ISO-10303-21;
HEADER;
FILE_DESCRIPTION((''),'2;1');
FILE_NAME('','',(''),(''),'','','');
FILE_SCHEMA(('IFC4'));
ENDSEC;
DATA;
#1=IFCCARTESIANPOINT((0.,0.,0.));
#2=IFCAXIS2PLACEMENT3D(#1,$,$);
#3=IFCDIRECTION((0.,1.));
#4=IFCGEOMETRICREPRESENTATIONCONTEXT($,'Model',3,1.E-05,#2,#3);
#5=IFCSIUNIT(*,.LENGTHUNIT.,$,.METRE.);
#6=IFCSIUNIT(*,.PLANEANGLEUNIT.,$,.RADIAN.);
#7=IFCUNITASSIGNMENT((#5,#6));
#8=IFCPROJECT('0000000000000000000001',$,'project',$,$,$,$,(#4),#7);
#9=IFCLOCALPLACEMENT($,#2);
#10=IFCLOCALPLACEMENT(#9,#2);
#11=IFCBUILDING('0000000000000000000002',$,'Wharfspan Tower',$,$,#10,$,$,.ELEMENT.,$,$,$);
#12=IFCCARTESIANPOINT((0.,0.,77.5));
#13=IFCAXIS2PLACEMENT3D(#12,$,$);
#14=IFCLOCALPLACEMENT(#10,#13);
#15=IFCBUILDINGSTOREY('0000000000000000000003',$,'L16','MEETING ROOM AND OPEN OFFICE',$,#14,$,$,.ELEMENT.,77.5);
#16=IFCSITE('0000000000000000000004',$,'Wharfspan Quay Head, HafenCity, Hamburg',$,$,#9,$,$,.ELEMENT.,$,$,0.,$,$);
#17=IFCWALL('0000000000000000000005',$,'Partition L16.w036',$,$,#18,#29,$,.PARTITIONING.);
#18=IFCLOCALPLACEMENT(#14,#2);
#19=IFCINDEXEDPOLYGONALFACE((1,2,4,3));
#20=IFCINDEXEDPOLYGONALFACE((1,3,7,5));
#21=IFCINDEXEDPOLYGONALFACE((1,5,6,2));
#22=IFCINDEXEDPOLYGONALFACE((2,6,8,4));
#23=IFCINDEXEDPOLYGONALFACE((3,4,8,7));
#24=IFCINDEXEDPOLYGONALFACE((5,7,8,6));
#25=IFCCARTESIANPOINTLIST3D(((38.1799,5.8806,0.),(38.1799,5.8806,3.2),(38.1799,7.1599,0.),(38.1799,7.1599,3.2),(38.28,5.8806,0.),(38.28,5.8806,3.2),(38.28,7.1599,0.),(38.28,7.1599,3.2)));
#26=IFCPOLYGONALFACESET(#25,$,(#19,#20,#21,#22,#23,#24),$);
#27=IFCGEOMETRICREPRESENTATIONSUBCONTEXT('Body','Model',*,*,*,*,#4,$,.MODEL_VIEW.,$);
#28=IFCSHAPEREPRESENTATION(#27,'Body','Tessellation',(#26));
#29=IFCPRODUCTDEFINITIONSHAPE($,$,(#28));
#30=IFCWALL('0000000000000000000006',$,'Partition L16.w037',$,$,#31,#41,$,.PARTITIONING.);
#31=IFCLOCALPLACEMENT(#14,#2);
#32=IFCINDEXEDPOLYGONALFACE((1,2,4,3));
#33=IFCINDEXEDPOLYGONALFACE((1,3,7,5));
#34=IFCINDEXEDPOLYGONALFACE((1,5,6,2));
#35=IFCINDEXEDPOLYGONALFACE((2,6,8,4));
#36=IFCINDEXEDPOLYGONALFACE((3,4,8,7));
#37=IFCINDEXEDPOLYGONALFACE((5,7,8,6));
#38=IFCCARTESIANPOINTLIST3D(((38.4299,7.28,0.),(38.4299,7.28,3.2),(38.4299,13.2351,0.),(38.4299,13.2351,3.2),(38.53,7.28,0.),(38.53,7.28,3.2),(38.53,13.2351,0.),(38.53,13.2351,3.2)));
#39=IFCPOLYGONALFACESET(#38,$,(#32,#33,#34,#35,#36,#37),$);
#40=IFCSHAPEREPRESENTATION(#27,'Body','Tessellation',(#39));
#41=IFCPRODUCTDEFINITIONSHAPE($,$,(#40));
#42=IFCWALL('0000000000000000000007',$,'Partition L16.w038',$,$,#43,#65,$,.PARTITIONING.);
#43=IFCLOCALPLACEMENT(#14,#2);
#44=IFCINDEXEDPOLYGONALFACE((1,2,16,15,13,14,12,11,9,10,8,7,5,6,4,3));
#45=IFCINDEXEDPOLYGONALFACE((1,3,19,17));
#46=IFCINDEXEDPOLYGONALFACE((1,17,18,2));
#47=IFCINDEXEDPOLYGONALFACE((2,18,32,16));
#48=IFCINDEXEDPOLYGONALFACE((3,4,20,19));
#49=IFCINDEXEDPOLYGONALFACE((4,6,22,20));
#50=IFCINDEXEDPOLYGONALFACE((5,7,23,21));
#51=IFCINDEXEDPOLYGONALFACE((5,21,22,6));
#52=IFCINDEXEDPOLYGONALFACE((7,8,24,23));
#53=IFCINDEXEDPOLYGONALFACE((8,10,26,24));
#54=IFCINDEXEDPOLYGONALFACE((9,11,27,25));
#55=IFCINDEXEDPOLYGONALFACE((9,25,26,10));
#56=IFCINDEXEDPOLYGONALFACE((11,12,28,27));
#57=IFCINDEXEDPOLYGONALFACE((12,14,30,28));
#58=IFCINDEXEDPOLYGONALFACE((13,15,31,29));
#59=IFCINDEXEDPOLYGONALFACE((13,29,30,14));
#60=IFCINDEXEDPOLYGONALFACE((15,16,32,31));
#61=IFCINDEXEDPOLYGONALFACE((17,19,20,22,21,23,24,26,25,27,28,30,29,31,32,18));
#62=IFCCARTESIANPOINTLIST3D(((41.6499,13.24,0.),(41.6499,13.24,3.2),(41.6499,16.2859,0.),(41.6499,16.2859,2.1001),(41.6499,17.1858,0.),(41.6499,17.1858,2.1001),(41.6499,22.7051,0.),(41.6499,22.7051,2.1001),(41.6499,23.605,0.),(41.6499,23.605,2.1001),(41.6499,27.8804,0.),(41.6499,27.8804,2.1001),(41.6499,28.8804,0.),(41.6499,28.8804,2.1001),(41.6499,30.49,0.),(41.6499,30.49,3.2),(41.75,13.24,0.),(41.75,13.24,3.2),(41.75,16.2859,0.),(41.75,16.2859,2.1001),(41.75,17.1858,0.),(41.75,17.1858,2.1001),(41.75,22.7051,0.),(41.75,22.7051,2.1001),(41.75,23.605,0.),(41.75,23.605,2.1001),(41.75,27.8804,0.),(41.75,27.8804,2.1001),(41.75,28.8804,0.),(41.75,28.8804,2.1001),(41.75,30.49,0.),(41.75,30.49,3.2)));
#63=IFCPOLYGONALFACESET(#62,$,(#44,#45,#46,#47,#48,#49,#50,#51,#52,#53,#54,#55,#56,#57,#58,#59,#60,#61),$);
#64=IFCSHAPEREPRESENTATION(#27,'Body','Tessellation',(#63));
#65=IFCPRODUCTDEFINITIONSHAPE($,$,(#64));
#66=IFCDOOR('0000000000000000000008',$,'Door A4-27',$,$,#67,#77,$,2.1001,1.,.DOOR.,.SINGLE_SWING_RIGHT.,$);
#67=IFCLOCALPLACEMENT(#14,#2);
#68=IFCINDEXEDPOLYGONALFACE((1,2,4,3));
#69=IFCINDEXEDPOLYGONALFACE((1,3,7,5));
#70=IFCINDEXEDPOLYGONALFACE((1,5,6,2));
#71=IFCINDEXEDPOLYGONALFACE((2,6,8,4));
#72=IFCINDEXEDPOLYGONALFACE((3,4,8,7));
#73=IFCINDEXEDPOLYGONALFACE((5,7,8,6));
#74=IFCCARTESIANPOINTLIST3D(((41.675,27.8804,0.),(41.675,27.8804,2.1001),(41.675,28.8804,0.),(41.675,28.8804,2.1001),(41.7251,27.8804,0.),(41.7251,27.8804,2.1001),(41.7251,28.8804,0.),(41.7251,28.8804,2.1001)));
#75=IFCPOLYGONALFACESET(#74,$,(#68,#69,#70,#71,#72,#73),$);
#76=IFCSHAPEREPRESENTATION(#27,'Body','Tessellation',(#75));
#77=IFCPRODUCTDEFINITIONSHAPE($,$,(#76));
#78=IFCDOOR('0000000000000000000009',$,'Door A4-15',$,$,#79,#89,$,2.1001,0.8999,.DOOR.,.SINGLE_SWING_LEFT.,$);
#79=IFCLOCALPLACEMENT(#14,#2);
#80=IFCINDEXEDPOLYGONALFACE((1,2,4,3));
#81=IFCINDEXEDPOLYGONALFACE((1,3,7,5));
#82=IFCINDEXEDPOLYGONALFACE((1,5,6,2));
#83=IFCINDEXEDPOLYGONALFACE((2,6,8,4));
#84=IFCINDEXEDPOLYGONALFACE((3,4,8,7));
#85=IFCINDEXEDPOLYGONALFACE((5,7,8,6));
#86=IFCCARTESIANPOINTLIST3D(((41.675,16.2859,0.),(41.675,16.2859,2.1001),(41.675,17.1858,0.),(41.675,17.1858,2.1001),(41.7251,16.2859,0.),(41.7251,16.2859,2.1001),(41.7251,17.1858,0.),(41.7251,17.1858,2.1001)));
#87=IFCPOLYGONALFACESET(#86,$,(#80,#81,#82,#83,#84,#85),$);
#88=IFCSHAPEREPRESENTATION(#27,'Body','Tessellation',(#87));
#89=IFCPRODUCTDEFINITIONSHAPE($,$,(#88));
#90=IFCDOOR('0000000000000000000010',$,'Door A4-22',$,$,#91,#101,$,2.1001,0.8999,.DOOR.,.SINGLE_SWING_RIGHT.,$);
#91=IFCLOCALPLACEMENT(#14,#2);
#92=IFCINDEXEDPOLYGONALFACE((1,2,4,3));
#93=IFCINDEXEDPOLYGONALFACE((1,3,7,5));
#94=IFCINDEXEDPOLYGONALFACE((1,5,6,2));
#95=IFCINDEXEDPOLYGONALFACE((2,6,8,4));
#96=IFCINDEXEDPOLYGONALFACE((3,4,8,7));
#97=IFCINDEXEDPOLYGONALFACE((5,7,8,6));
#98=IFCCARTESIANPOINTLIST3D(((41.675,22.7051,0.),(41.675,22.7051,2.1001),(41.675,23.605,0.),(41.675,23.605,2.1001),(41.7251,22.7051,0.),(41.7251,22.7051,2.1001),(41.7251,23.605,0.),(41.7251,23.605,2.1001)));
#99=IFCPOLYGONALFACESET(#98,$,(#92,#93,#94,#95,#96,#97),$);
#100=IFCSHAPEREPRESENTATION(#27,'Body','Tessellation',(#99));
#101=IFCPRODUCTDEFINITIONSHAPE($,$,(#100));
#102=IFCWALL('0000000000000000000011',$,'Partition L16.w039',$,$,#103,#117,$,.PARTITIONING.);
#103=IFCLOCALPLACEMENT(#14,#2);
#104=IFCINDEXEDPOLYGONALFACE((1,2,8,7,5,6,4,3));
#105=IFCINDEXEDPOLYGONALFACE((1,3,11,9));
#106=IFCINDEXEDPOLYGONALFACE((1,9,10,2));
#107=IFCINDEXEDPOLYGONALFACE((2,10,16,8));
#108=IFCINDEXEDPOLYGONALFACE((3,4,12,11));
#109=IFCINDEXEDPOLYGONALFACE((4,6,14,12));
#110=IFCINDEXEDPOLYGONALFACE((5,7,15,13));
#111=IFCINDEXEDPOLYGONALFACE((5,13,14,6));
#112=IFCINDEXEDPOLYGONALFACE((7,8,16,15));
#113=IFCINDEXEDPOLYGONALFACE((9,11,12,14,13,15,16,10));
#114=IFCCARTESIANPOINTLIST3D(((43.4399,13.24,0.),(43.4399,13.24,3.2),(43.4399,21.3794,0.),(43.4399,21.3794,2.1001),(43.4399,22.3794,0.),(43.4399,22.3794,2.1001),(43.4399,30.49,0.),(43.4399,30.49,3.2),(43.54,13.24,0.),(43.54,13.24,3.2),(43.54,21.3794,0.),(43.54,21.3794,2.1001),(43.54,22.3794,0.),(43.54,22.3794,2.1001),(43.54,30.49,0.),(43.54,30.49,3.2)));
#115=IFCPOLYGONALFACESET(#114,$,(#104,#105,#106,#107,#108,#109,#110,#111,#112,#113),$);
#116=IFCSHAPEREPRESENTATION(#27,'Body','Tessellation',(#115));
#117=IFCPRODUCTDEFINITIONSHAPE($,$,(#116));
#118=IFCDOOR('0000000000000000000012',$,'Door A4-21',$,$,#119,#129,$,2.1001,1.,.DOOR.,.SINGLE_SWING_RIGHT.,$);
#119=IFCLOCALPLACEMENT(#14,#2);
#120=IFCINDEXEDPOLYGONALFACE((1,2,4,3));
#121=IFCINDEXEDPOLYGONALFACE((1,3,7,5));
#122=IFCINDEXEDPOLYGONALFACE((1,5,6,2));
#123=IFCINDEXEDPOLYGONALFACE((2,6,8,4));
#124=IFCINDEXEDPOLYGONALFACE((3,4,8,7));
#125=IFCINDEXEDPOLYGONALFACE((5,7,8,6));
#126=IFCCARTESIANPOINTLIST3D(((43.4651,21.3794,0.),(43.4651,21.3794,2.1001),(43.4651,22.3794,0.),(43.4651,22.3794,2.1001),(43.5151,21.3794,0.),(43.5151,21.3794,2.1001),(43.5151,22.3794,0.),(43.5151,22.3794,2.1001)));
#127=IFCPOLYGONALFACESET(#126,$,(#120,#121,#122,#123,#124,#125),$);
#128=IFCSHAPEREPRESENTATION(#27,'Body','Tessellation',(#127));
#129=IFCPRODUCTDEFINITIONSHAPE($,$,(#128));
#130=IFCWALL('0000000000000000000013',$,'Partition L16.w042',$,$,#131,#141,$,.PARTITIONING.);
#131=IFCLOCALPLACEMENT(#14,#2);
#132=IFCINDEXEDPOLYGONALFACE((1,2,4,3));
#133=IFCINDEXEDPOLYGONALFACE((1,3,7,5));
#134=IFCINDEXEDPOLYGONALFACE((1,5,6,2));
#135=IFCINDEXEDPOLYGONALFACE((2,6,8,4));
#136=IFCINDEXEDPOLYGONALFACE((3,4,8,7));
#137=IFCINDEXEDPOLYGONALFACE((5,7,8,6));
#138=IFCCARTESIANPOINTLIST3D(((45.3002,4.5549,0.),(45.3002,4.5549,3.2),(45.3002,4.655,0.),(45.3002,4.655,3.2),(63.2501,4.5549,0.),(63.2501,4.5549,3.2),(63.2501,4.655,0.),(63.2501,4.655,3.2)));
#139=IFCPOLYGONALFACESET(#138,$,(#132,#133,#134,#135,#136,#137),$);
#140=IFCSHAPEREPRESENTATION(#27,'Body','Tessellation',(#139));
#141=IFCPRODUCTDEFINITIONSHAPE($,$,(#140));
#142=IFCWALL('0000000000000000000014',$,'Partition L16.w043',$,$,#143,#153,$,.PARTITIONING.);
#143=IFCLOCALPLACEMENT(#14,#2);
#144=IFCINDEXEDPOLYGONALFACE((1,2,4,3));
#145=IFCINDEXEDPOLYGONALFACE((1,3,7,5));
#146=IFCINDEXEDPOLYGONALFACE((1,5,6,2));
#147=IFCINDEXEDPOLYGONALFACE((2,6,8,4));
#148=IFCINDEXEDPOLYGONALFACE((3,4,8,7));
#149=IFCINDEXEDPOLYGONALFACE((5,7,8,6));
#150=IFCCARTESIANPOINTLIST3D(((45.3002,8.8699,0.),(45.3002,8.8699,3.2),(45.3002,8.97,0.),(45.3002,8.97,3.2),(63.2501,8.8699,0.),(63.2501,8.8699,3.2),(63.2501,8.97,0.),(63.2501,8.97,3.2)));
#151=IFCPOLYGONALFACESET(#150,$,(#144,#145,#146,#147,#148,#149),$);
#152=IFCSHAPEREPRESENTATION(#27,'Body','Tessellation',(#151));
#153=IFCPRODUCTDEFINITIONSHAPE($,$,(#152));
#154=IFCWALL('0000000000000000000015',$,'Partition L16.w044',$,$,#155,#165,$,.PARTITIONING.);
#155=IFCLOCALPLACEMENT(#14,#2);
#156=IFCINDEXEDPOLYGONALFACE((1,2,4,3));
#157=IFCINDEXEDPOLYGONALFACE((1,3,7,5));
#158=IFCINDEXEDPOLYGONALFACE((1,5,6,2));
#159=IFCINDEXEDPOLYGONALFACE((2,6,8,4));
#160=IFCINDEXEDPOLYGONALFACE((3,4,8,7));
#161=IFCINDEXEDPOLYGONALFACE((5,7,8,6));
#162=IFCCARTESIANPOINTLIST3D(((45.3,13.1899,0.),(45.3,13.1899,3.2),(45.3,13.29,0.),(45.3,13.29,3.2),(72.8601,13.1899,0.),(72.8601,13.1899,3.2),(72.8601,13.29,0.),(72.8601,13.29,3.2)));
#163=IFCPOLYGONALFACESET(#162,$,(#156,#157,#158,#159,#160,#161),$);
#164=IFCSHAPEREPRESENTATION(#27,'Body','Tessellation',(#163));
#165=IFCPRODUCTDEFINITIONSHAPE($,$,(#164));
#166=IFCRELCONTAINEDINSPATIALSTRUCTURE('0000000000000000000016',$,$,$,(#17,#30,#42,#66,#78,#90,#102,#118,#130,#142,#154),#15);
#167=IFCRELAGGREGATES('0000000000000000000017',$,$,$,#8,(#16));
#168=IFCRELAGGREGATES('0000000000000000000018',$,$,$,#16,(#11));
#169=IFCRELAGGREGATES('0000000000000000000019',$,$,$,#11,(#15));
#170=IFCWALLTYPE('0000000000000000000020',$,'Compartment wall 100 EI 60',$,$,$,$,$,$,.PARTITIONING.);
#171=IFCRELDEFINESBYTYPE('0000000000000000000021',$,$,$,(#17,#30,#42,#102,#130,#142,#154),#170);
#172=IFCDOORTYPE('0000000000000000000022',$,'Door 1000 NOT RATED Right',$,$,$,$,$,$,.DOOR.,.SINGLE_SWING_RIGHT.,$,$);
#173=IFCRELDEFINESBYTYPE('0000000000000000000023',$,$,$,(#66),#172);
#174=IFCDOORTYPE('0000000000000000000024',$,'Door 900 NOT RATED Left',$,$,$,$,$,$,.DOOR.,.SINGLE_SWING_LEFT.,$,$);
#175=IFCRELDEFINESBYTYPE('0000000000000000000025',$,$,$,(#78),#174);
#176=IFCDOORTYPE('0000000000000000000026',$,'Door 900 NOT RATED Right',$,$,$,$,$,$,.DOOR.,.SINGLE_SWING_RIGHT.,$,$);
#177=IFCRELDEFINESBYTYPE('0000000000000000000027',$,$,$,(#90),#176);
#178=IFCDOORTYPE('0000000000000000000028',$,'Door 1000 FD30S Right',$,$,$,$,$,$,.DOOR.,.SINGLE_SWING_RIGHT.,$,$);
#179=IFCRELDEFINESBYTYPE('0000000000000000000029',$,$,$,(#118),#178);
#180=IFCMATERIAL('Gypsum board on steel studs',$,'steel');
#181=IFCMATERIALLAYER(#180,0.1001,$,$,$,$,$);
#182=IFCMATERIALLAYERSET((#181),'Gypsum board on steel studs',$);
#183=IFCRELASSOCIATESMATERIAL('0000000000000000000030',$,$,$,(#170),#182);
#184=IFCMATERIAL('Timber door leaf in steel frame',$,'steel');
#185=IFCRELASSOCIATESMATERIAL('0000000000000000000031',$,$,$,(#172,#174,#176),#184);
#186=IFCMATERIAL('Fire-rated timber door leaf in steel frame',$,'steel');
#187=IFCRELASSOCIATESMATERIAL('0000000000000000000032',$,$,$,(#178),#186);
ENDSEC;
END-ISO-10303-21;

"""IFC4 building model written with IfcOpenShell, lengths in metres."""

from ifc_helpers import new_model, si_unit, direction, frame, frame_2d, origin, place, context, subcontext, project, spatial, rectangle, extrude, material, layer, layer_set, type_object, element, fill, save


model = new_model("IFC4")

# Units and contexts
model_context = context("Model", 3, precision=1e-05, world=origin(), true_north=direction((0.0, 1.0)))
body_context = subcontext(model_context, "Body", "Model", "MODEL_VIEW")
ifc_project = project(units=[si_unit("LENGTHUNIT", "METRE"), si_unit("PLANEANGLEUNIT", "RADIAN")], contexts=[model_context])

# Site, building, storey
site_placement = place(None, origin())
site = spatial("IfcSite", under=ifc_project, at=site_placement, Name="Wharfspan Quay Head, HafenCity, Hamburg", CompositionType="ELEMENT", RefElevation=0.0)
building_placement = place(site_placement, origin())
building = spatial("IfcBuilding", under=site, at=building_placement, Name="Wharfspan Tower", CompositionType="ELEMENT")
storey_placement = place(building_placement, frame((0.0, 0.0, 77.5)))
storey = spatial("IfcBuildingStorey", under=building, at=storey_placement, Name="L16", Description="MEETING ROOM AND OPEN OFFICE", CompositionType="ELEMENT", Elevation=77.5)

# Walls
ifc_material_1 = material(Name="Gypsum board on steel studs", Category="steel")
ifc_layer = layer(ifc_material_1, 0.1001)
ifc_layer_set = layer_set([ifc_layer], Name="Gypsum board on steel studs")
wall_type = type_object("IfcWallType", Name="Compartment wall 100 EI 60", PredefinedType="PARTITIONING", material=ifc_layer_set)
wall_1_placement = place(storey_placement, frame((38.23, 5.8806, 0.0), z_axis=(0.0, 0.0, 1.0), x_axis=(0.0, 1.0, 0.0)))
element("IfcWall", 1, at=wall_1_placement, inside=storey, type_object=wall_type, Name="Partition L16.w036", PredefinedType="PARTITIONING", context=body_context, shape_type="SweptSolid", body=[
    extrude(rectangle(XDim=1.2793, YDim=0.1001, at=frame_2d((0.6396, 0.0))), origin(), (0.0, 0.0, 1.0), 3.2),
])
wall_2_placement = place(storey_placement, frame((38.48, 7.28, 0.0), z_axis=(0.0, 0.0, 1.0), x_axis=(0.0, 1.0, 0.0)))
element("IfcWall", 2, at=wall_2_placement, inside=storey, type_object=wall_type, Name="Partition L16.w037", PredefinedType="PARTITIONING", context=body_context, shape_type="SweptSolid", body=[
    extrude(rectangle(XDim=5.9551, YDim=0.1001, at=frame_2d((2.9775, 0.0))), origin(), (0.0, 0.0, 1.0), 3.2),
])

# Wall, openings, doors
wall_3_placement = place(storey_placement, frame((41.7, 13.24, 0.0), z_axis=(0.0, 0.0, 1.0), x_axis=(0.0, 1.0, 0.0)))
wall_3 = element("IfcWall", 3, at=wall_3_placement, inside=storey, type_object=wall_type, Name="Partition L16.w038", PredefinedType="PARTITIONING", context=body_context, shape_type="SweptSolid", body=[
    extrude(rectangle(XDim=17.25, YDim=0.1001, at=frame_2d((8.625, 0.0))), origin(), (0.0, 0.0, 1.0), 3.2),
])
opening_1_placement = place(wall_3_placement, frame((3.0459, 0.0, 0.0)))
opening_1 = element("IfcOpeningElement", 4, at=opening_1_placement, cuts=wall_3, PredefinedType="OPENING", context=body_context, shape_type="SweptSolid", body=[
    extrude(rectangle(XDim=0.8999, YDim=2.1001, at=frame_2d((0.45, 1.05))), frame((0.0, 0.0601, 0.0), z_axis=(0.0, -1.0, 0.0), x_axis=(1.0, 0.0, 0.0)), (0.0, 0.0, 1.0), 0.1201),
])
opening_2_placement = place(wall_3_placement, frame((9.4651, 0.0, 0.0)))
opening_2 = element("IfcOpeningElement", 5, at=opening_2_placement, cuts=wall_3, PredefinedType="OPENING", context=body_context, shape_type="SweptSolid", body=[
    extrude(rectangle(XDim=0.8999, YDim=2.1001, at=frame_2d((0.45, 1.05))), frame((0.0, 0.0601, 0.0), z_axis=(0.0, -1.0, 0.0), x_axis=(1.0, 0.0, 0.0)), (0.0, 0.0, 1.0), 0.1201),
])
opening_3_placement = place(wall_3_placement, frame((14.6404, 0.0, 0.0)))
opening_3 = element("IfcOpeningElement", 6, at=opening_3_placement, cuts=wall_3, PredefinedType="OPENING", context=body_context, shape_type="SweptSolid", body=[
    extrude(rectangle(XDim=1.0, YDim=2.1001, at=frame_2d((0.5, 1.05))), frame((0.0, 0.0601, 0.0), z_axis=(0.0, -1.0, 0.0), x_axis=(1.0, 0.0, 0.0)), (0.0, 0.0, 1.0), 0.1201),
])
ifc_material_2 = material(Name="Timber door leaf in steel frame", Category="steel")
door_type_1 = type_object("IfcDoorType", Name="Door 1000 NOT RATED Right", OperationType="SINGLE_SWING_RIGHT", PredefinedType="DOOR", material=ifc_material_2)
door_1_placement = place(opening_3_placement, origin())
door_1 = element("IfcDoor", 7, at=door_1_placement, inside=storey, type_object=door_type_1, Name="Door A4-27", OperationType="SINGLE_SWING_RIGHT", OverallHeight=2.1001, OverallWidth=1.0, PredefinedType="DOOR", context=body_context, shape_type="SweptSolid", body=[
    extrude(rectangle(XDim=1.0, YDim=2.1001, at=frame_2d((0.5, 1.05))), frame((0.0, 0.0249, 0.0), z_axis=(0.0, -1.0, 0.0), x_axis=(1.0, 0.0, 0.0)), (0.0, 0.0, 1.0), 0.05),
])
fill(opening_3, door_1)
door_type_2 = type_object("IfcDoorType", Name="Door 900 NOT RATED Left", OperationType="SINGLE_SWING_LEFT", PredefinedType="DOOR", material=ifc_material_2)
door_2_placement = place(opening_1_placement, origin())
door_2 = element("IfcDoor", 8, at=door_2_placement, inside=storey, type_object=door_type_2, Name="Door A4-15", OperationType="SINGLE_SWING_LEFT", OverallHeight=2.1001, OverallWidth=0.8999, PredefinedType="DOOR", context=body_context, shape_type="SweptSolid", body=[
    extrude(rectangle(XDim=0.8999, YDim=2.1001, at=frame_2d((0.45, 1.05))), frame((0.0, 0.0249, 0.0), z_axis=(0.0, -1.0, 0.0), x_axis=(1.0, 0.0, 0.0)), (0.0, 0.0, 1.0), 0.05),
])
fill(opening_1, door_2)
door_type_3 = type_object("IfcDoorType", Name="Door 900 NOT RATED Right", OperationType="SINGLE_SWING_RIGHT", PredefinedType="DOOR", material=ifc_material_2)
door_3_placement = place(opening_2_placement, origin())
door_3 = element("IfcDoor", 9, at=door_3_placement, inside=storey, type_object=door_type_3, Name="Door A4-22", OperationType="SINGLE_SWING_RIGHT", OverallHeight=2.1001, OverallWidth=0.8999, PredefinedType="DOOR", context=body_context, shape_type="SweptSolid", body=[
    extrude(rectangle(XDim=0.8999, YDim=2.1001, at=frame_2d((0.45, 1.05))), frame((0.0, 0.0249, 0.0), z_axis=(0.0, -1.0, 0.0), x_axis=(1.0, 0.0, 0.0)), (0.0, 0.0, 1.0), 0.05),
])
fill(opening_2, door_3)

# Wall, opening, door
wall_4_placement = place(storey_placement, frame((43.49, 13.24, 0.0), z_axis=(0.0, 0.0, 1.0), x_axis=(0.0, 1.0, 0.0)))
wall_4 = element("IfcWall", 10, at=wall_4_placement, inside=storey, type_object=wall_type, Name="Partition L16.w039", PredefinedType="PARTITIONING", context=body_context, shape_type="SweptSolid", body=[
    extrude(rectangle(XDim=17.25, YDim=0.1001, at=frame_2d((8.625, 0.0))), origin(), (0.0, 0.0, 1.0), 3.2),
])
opening_4_placement = place(wall_4_placement, frame((8.1394, 0.0, 0.0)))
opening_4 = element("IfcOpeningElement", 11, at=opening_4_placement, cuts=wall_4, PredefinedType="OPENING", context=body_context, shape_type="SweptSolid", body=[
    extrude(rectangle(XDim=1.0, YDim=2.1001, at=frame_2d((0.5, 1.05))), frame((0.0, 0.0601, 0.0), z_axis=(0.0, -1.0, 0.0), x_axis=(1.0, 0.0, 0.0)), (0.0, 0.0, 1.0), 0.1201),
])
ifc_material_3 = material(Name="Fire-rated timber door leaf in steel frame", Category="steel")
door_type_4 = type_object("IfcDoorType", Name="Door 1000 FD30S Right", OperationType="SINGLE_SWING_RIGHT", PredefinedType="DOOR", material=ifc_material_3)
door_4_placement = place(opening_4_placement, origin())
door_4 = element("IfcDoor", 12, at=door_4_placement, inside=storey, type_object=door_type_4, Name="Door A4-21", OperationType="SINGLE_SWING_RIGHT", OverallHeight=2.1001, OverallWidth=1.0, PredefinedType="DOOR", context=body_context, shape_type="SweptSolid", body=[
    extrude(rectangle(XDim=1.0, YDim=2.1001, at=frame_2d((0.5, 1.05))), frame((0.0, 0.0249, 0.0), z_axis=(0.0, -1.0, 0.0), x_axis=(1.0, 0.0, 0.0)), (0.0, 0.0, 1.0), 0.05),
])
fill(opening_4, door_4)

# Walls
for number, where, z_axis, x_axis, name in (
    (13, (45.3, 4.605, 0.0), (0.0, 0.0, 1.0), (1.0, 0.0, 0.0), "Partition L16.w042"),
    (14, (45.3, 8.9199, 0.0), (0.0, 0.0, 1.0), (1.0, 0.0, 0.0), "Partition L16.w043"),
):
    element("IfcWall", number, at=place(storey_placement, frame(where, z_axis=z_axis, x_axis=x_axis)), inside=storey, type_object=wall_type, Name=name, PredefinedType="PARTITIONING", context=body_context, shape_type="SweptSolid", body=[
        extrude(rectangle(XDim=17.95, YDim=0.1001, at=frame_2d((8.9751, 0.0))), origin(), (0.0, 0.0, 1.0), 3.2),
    ])
wall_5_placement = place(storey_placement, frame((45.3, 13.24, 0.0), z_axis=(0.0, 0.0, 1.0), x_axis=(1.0, 0.0, 0.0)))
element("IfcWall", 15, at=wall_5_placement, inside=storey, type_object=wall_type, Name="Partition L16.w044", PredefinedType="PARTITIONING", context=body_context, shape_type="SweptSolid", body=[
    extrude(rectangle(XDim=27.5601, YDim=0.1001, at=frame_2d((13.78, 0.0))), origin(), (0.0, 0.0, 1.0), 3.2),
])

save(model, "model.ifc")
